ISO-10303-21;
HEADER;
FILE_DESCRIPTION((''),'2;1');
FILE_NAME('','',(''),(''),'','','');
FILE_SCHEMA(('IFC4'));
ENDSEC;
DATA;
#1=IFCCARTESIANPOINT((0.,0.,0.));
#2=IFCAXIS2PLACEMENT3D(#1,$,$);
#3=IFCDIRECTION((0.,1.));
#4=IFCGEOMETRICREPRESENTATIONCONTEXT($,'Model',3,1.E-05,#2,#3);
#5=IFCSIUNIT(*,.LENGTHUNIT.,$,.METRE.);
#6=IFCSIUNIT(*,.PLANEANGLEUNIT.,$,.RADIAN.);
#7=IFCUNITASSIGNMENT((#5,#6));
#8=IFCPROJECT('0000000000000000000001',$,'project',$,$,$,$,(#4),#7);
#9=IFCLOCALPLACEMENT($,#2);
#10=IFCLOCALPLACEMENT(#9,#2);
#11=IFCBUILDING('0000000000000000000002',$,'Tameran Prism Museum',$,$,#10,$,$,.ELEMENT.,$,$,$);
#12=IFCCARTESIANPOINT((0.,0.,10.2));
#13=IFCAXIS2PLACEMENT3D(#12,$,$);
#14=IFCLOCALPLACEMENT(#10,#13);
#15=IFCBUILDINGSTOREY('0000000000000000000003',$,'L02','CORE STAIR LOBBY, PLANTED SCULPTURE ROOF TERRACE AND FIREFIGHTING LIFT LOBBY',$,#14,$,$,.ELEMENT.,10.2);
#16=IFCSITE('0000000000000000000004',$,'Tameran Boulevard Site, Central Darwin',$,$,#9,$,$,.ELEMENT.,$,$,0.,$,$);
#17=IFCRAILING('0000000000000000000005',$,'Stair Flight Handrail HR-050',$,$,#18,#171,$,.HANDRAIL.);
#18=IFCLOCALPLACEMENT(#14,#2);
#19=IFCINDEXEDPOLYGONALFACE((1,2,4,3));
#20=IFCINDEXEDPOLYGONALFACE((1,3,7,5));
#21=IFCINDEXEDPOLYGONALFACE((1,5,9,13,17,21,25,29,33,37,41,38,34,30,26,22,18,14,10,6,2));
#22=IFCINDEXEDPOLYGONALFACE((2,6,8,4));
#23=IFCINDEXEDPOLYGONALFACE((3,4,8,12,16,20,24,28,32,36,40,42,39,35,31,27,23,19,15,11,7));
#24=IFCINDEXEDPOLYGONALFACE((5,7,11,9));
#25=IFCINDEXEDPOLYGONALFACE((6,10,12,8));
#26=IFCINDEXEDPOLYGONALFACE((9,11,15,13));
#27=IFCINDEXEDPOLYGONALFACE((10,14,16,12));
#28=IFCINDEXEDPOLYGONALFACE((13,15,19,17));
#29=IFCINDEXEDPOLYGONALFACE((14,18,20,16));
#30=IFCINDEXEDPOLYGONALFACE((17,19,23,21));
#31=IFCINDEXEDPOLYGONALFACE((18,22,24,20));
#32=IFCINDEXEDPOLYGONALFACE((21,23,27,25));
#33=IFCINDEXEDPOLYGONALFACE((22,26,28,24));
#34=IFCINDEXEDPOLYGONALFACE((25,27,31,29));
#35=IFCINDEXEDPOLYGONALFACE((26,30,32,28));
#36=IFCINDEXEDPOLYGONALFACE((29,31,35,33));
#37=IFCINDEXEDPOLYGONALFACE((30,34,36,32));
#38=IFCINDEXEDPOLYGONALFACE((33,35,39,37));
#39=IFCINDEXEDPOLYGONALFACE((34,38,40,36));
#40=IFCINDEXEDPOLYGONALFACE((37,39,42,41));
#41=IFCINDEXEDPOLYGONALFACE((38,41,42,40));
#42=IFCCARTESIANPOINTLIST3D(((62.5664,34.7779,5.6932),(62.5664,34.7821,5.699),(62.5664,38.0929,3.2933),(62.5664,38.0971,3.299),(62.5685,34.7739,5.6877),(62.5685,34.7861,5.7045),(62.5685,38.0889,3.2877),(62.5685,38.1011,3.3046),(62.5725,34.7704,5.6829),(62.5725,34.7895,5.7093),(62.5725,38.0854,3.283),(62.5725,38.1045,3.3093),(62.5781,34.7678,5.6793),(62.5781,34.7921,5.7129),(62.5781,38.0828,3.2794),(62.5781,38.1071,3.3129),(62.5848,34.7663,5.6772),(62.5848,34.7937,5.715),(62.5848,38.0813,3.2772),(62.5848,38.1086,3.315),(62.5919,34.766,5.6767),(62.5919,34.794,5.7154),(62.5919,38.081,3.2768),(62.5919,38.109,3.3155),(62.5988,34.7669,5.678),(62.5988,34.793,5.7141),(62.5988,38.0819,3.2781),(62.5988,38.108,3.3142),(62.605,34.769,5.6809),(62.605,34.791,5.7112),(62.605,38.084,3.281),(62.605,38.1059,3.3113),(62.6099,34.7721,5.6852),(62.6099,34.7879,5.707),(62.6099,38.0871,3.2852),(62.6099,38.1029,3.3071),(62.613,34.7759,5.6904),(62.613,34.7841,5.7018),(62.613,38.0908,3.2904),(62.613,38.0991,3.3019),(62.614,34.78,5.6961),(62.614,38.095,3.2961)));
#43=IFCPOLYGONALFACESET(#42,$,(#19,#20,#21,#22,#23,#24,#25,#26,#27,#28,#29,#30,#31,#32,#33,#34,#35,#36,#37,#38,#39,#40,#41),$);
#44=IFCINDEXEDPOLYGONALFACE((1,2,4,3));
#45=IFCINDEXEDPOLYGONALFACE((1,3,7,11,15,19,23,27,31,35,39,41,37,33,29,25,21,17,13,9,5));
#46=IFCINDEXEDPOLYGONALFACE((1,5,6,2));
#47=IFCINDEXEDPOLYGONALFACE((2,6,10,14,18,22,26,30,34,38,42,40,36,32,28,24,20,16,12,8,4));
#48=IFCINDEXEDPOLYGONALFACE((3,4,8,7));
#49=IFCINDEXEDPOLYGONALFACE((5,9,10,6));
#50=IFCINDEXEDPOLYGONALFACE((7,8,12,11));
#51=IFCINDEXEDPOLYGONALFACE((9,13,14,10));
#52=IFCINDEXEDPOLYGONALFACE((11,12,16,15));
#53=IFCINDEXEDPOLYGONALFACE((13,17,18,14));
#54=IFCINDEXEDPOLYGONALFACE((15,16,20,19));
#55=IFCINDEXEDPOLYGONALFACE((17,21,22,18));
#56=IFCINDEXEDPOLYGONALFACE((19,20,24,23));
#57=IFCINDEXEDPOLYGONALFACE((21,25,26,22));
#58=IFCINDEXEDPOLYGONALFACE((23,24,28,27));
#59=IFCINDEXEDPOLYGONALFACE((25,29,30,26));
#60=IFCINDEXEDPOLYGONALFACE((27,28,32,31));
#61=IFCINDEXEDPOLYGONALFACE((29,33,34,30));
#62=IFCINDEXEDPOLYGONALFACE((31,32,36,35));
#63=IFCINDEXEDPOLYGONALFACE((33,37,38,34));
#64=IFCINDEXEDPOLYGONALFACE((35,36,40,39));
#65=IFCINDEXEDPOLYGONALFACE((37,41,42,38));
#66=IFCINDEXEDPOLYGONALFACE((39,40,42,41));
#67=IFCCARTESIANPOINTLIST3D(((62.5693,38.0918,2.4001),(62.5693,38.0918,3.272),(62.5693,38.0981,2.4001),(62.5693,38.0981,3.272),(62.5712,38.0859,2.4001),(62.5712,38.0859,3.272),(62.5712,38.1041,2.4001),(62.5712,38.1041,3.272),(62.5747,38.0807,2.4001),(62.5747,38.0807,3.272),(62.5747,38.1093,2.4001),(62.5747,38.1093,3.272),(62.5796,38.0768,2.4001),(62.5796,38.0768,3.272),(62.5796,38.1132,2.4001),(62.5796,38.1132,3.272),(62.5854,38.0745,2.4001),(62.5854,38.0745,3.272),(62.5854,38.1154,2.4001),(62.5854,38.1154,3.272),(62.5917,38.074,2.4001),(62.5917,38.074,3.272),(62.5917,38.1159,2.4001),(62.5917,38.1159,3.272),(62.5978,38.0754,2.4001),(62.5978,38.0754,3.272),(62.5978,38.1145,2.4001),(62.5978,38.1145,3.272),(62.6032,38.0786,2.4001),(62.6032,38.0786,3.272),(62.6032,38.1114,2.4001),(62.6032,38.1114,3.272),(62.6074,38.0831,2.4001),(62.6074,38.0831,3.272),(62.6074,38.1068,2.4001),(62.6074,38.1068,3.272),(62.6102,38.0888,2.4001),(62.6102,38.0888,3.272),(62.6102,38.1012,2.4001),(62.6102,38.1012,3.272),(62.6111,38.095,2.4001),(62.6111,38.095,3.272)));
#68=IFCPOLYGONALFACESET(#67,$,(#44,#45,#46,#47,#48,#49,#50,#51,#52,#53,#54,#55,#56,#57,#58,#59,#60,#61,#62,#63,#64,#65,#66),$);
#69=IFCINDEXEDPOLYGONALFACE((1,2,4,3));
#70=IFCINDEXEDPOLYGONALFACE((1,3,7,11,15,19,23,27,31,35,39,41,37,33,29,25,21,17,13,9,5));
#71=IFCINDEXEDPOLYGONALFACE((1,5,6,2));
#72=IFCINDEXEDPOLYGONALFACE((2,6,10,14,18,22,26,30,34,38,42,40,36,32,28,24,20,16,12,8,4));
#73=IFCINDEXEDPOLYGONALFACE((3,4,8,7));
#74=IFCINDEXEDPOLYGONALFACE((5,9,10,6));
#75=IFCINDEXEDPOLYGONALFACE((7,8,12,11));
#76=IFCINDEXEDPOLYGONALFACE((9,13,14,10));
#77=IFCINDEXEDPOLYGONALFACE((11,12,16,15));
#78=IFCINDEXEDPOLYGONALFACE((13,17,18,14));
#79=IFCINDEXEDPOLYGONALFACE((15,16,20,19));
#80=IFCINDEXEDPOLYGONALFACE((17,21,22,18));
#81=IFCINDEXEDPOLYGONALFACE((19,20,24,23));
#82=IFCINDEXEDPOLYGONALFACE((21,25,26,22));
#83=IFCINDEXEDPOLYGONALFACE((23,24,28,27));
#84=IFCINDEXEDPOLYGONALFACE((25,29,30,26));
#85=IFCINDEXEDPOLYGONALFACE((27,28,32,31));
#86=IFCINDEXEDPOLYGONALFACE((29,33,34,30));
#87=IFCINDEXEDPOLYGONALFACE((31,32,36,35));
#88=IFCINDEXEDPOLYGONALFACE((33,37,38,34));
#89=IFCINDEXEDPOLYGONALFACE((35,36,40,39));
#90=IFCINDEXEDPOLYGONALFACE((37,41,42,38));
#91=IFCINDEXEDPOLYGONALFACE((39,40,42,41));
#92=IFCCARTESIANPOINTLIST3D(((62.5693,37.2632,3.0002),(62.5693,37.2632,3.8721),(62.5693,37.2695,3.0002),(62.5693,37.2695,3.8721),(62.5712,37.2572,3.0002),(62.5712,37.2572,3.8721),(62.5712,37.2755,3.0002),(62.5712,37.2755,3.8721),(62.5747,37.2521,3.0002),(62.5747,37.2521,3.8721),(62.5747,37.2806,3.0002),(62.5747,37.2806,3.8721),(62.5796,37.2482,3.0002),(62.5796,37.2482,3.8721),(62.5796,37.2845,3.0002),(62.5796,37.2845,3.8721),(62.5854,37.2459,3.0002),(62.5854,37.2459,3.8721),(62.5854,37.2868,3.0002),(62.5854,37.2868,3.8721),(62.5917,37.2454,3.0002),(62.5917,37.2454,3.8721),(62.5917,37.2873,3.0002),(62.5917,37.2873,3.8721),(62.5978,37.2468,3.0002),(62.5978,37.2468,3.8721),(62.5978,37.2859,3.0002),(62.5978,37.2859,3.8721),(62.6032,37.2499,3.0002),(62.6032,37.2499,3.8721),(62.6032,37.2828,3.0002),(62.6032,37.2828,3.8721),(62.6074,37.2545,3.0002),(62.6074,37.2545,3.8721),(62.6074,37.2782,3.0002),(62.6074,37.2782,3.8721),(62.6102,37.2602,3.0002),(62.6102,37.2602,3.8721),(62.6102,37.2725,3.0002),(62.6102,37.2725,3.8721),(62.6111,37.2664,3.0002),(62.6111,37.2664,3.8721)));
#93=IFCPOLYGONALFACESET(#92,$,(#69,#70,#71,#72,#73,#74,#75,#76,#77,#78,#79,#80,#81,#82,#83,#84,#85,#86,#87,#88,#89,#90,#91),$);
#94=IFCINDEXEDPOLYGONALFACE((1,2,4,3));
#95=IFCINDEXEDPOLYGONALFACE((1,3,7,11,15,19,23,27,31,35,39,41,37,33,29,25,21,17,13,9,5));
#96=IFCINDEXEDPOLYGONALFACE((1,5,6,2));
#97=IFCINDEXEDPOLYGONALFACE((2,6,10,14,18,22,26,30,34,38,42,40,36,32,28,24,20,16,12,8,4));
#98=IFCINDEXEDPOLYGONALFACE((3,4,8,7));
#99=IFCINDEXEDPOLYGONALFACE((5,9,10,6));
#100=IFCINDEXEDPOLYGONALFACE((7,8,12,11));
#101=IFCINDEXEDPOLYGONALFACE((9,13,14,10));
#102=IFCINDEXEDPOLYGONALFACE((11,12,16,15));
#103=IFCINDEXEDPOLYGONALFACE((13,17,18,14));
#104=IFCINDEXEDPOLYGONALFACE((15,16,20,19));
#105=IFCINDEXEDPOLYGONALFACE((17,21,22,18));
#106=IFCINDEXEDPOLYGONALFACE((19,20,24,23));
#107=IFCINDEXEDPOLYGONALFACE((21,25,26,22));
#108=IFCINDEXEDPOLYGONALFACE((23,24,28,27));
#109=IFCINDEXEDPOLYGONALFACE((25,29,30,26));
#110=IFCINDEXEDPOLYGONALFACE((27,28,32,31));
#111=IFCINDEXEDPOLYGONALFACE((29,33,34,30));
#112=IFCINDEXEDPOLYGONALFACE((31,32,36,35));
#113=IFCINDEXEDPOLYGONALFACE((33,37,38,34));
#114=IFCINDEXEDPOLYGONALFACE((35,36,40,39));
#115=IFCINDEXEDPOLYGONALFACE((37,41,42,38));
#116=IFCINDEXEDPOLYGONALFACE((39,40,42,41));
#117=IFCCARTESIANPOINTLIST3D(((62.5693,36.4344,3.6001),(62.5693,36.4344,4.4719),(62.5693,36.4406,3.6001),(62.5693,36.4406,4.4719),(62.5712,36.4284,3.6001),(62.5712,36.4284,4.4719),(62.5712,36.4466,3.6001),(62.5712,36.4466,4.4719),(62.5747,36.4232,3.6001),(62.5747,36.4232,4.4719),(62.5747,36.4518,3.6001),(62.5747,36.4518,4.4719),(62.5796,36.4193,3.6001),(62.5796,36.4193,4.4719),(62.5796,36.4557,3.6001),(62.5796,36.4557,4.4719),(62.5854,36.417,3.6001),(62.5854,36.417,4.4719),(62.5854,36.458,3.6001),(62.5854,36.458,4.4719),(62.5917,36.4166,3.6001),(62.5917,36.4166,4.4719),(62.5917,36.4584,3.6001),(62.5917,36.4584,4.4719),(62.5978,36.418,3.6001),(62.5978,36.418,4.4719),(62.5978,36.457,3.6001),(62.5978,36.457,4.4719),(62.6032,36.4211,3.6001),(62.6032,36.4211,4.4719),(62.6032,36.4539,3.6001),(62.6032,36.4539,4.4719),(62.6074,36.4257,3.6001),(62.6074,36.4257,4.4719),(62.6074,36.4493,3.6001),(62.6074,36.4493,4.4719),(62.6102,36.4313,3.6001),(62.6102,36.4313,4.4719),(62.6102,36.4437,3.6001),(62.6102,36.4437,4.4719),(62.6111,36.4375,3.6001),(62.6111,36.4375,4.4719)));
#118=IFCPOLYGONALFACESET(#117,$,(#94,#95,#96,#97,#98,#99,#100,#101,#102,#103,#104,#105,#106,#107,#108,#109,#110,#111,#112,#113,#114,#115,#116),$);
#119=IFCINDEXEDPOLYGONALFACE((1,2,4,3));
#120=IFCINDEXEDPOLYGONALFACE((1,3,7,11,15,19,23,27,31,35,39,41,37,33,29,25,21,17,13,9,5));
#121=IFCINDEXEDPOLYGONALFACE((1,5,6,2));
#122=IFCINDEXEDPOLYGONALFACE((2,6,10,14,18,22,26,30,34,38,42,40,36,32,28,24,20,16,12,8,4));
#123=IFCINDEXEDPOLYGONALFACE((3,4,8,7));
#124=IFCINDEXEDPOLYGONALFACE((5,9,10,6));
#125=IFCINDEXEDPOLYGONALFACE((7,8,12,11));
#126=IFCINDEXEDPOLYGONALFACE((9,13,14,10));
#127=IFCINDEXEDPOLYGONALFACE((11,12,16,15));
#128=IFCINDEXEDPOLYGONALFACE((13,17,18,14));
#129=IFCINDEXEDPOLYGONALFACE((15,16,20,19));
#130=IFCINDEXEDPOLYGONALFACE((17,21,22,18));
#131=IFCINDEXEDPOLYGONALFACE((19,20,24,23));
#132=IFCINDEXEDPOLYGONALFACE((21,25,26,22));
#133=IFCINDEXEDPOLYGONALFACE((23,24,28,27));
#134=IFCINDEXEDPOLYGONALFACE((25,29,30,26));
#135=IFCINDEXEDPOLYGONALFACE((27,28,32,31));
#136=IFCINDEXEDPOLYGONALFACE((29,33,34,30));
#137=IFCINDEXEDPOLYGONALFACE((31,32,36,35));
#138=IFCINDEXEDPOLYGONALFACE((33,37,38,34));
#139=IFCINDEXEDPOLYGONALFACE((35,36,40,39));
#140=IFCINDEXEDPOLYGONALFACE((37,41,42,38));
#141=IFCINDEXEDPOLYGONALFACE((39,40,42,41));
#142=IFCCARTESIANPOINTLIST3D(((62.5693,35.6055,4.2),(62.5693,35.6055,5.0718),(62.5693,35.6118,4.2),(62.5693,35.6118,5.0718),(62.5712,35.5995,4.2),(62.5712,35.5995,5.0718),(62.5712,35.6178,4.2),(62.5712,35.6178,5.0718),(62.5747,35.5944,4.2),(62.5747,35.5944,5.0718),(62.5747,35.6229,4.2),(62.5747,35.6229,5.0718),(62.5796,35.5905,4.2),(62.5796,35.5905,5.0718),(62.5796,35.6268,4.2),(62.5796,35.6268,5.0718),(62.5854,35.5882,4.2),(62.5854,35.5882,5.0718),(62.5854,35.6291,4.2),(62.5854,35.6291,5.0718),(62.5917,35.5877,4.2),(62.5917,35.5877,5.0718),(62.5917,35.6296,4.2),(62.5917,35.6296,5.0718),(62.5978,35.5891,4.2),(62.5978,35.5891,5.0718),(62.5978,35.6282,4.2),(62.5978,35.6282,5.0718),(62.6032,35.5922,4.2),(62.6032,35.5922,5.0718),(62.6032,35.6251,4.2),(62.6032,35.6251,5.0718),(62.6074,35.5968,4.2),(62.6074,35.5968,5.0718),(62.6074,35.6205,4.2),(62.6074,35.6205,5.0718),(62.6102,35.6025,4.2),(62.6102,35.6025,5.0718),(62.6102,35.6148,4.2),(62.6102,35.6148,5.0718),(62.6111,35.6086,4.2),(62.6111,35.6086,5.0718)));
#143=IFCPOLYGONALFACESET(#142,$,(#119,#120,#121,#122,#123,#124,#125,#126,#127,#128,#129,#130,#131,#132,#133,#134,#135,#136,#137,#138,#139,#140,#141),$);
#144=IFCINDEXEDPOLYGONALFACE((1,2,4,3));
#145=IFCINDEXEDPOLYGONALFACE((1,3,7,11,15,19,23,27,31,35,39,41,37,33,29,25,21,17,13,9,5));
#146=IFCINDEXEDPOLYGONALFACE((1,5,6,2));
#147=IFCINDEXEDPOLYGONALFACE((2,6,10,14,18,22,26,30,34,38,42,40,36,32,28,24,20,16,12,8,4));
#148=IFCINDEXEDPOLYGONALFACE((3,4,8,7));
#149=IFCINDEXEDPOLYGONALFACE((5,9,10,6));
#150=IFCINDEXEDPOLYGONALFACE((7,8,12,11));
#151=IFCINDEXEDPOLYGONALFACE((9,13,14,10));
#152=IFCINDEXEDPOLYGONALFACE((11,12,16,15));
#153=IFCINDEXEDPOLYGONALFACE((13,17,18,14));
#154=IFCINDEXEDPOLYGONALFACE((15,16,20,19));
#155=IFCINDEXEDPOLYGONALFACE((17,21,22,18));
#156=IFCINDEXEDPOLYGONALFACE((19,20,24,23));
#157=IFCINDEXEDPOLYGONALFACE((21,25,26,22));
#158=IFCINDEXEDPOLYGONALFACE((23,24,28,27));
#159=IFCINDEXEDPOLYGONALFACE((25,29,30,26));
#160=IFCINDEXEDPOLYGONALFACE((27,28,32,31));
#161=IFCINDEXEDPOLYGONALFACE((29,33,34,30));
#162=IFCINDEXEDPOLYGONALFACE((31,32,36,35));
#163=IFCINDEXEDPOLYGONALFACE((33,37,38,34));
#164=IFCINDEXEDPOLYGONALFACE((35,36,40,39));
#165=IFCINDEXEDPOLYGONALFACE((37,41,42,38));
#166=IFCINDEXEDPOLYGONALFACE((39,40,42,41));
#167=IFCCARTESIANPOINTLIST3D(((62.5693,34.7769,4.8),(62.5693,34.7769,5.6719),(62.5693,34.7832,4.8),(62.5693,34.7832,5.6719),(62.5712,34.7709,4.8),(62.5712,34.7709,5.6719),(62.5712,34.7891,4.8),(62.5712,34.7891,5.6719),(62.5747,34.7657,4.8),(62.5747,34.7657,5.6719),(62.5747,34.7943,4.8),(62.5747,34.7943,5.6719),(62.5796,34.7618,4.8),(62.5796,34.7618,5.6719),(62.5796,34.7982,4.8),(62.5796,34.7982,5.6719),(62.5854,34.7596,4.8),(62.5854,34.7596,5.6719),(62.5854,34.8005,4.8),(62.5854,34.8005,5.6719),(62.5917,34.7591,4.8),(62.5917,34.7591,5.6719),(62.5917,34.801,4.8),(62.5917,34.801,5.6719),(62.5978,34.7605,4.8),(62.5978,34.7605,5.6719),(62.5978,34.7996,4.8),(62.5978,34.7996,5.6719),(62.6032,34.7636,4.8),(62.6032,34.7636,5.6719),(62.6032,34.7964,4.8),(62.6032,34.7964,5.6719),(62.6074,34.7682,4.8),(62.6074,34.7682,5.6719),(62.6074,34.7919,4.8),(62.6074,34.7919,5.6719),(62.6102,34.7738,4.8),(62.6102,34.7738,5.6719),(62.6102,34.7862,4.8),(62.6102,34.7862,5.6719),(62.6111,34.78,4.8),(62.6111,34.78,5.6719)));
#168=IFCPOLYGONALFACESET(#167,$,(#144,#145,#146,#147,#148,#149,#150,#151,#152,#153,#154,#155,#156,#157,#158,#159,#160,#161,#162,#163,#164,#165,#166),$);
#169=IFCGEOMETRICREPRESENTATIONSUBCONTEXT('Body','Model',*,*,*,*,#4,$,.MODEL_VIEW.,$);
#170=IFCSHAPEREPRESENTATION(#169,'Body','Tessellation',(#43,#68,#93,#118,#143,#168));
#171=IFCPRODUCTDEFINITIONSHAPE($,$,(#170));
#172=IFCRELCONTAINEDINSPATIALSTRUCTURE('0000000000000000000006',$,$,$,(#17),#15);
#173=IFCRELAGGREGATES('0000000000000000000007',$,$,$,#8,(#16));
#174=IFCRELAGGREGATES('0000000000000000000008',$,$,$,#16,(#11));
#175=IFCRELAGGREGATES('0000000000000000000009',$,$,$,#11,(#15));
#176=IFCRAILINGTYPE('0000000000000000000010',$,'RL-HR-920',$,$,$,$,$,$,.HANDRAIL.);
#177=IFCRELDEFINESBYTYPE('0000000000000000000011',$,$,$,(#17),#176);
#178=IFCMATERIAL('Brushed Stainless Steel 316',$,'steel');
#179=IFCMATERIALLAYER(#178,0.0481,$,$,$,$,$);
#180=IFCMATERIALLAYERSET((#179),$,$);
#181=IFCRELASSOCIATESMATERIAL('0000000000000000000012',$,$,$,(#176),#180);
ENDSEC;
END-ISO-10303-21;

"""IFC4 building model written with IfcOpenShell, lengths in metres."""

from ifc_helpers import new_model, si_unit, direction, frame, origin, origin_2d, place, context, subcontext, project, spatial, circle, extrude, material, layer, layer_set, type_object, element, save


model = new_model("IFC4")

# Units and contexts
model_context = context("Model", 3, precision=1e-05, world=origin(), true_north=direction((0.0, 1.0)))
body_context = subcontext(model_context, "Body", "Model", "MODEL_VIEW")
ifc_project = project(units=[si_unit("LENGTHUNIT", "METRE"), si_unit("PLANEANGLEUNIT", "RADIAN")], contexts=[model_context])

# Site, building, storey
site_placement = place(None, origin())
site = spatial("IfcSite", under=ifc_project, at=site_placement, Name="Tameran Boulevard Site, Central Darwin", CompositionType="ELEMENT", RefElevation=0.0)
building_placement = place(site_placement, origin())
building = spatial("IfcBuilding", under=site, at=building_placement, Name="Tameran Prism Museum", CompositionType="ELEMENT")
storey_placement = place(building_placement, frame((0.0, 0.0, 10.2)))
storey = spatial("IfcBuildingStorey", under=building, at=storey_placement, Name="L02", Description="CORE STAIR LOBBY, PLANTED SCULPTURE ROOF TERRACE AND FIREFIGHTING LIFT LOBBY", CompositionType="ELEMENT", Elevation=10.2)

# Railing
ifc_material_1 = material(Name="Brushed Stainless Steel 316", Category="steel")
ifc_layer_1 = layer(ifc_material_1, 0.0481)
ifc_layer_set_1 = layer_set([ifc_layer_1])
railing_type_1 = type_object("IfcRailingType", Name="RL-HR-920", PredefinedType="HANDRAIL", material=ifc_layer_set_1)
railing_1_placement = place(storey_placement, frame((62.5901, 38.095, 2.4001)))
element("IfcRailing", 1, at=railing_1_placement, inside=storey, type_object=railing_type_1, Name="Stair Flight Handrail HR-050", PredefinedType="HANDRAIL", context=body_context, shape_type="SweptSolid", body=[
    extrude(circle(Radius=0.0239, at=origin_2d()), frame((0.0, 0.0, 0.896), z_axis=(0.0, -0.810009, 0.586418), x_axis=(1.0, 0.0, 0.0)), (0.0, 0.0, 1.0), 4.0925),
    extrude(circle(Radius=0.021, at=origin_2d()), origin(), (0.0, 0.0, 1.0), 0.8718),
    extrude(circle(Radius=0.021, at=origin_2d()), frame((0.0, -0.8286, 0.6001)), (0.0, 0.0, 1.0), 0.8718),
    extrude(circle(Radius=0.021, at=origin_2d()), frame((0.0, -1.6575, 1.2)), (0.0, 0.0, 1.0), 0.8718),
    extrude(circle(Radius=0.021, at=origin_2d()), frame((0.0, -2.4863, 1.7998)), (0.0, 0.0, 1.0), 0.8718),
    extrude(circle(Radius=0.021, at=origin_2d()), frame((0.0, -3.3149, 2.3999)), (0.0, 0.0, 1.0), 0.8718),
])

save(model, "model.ifc")
